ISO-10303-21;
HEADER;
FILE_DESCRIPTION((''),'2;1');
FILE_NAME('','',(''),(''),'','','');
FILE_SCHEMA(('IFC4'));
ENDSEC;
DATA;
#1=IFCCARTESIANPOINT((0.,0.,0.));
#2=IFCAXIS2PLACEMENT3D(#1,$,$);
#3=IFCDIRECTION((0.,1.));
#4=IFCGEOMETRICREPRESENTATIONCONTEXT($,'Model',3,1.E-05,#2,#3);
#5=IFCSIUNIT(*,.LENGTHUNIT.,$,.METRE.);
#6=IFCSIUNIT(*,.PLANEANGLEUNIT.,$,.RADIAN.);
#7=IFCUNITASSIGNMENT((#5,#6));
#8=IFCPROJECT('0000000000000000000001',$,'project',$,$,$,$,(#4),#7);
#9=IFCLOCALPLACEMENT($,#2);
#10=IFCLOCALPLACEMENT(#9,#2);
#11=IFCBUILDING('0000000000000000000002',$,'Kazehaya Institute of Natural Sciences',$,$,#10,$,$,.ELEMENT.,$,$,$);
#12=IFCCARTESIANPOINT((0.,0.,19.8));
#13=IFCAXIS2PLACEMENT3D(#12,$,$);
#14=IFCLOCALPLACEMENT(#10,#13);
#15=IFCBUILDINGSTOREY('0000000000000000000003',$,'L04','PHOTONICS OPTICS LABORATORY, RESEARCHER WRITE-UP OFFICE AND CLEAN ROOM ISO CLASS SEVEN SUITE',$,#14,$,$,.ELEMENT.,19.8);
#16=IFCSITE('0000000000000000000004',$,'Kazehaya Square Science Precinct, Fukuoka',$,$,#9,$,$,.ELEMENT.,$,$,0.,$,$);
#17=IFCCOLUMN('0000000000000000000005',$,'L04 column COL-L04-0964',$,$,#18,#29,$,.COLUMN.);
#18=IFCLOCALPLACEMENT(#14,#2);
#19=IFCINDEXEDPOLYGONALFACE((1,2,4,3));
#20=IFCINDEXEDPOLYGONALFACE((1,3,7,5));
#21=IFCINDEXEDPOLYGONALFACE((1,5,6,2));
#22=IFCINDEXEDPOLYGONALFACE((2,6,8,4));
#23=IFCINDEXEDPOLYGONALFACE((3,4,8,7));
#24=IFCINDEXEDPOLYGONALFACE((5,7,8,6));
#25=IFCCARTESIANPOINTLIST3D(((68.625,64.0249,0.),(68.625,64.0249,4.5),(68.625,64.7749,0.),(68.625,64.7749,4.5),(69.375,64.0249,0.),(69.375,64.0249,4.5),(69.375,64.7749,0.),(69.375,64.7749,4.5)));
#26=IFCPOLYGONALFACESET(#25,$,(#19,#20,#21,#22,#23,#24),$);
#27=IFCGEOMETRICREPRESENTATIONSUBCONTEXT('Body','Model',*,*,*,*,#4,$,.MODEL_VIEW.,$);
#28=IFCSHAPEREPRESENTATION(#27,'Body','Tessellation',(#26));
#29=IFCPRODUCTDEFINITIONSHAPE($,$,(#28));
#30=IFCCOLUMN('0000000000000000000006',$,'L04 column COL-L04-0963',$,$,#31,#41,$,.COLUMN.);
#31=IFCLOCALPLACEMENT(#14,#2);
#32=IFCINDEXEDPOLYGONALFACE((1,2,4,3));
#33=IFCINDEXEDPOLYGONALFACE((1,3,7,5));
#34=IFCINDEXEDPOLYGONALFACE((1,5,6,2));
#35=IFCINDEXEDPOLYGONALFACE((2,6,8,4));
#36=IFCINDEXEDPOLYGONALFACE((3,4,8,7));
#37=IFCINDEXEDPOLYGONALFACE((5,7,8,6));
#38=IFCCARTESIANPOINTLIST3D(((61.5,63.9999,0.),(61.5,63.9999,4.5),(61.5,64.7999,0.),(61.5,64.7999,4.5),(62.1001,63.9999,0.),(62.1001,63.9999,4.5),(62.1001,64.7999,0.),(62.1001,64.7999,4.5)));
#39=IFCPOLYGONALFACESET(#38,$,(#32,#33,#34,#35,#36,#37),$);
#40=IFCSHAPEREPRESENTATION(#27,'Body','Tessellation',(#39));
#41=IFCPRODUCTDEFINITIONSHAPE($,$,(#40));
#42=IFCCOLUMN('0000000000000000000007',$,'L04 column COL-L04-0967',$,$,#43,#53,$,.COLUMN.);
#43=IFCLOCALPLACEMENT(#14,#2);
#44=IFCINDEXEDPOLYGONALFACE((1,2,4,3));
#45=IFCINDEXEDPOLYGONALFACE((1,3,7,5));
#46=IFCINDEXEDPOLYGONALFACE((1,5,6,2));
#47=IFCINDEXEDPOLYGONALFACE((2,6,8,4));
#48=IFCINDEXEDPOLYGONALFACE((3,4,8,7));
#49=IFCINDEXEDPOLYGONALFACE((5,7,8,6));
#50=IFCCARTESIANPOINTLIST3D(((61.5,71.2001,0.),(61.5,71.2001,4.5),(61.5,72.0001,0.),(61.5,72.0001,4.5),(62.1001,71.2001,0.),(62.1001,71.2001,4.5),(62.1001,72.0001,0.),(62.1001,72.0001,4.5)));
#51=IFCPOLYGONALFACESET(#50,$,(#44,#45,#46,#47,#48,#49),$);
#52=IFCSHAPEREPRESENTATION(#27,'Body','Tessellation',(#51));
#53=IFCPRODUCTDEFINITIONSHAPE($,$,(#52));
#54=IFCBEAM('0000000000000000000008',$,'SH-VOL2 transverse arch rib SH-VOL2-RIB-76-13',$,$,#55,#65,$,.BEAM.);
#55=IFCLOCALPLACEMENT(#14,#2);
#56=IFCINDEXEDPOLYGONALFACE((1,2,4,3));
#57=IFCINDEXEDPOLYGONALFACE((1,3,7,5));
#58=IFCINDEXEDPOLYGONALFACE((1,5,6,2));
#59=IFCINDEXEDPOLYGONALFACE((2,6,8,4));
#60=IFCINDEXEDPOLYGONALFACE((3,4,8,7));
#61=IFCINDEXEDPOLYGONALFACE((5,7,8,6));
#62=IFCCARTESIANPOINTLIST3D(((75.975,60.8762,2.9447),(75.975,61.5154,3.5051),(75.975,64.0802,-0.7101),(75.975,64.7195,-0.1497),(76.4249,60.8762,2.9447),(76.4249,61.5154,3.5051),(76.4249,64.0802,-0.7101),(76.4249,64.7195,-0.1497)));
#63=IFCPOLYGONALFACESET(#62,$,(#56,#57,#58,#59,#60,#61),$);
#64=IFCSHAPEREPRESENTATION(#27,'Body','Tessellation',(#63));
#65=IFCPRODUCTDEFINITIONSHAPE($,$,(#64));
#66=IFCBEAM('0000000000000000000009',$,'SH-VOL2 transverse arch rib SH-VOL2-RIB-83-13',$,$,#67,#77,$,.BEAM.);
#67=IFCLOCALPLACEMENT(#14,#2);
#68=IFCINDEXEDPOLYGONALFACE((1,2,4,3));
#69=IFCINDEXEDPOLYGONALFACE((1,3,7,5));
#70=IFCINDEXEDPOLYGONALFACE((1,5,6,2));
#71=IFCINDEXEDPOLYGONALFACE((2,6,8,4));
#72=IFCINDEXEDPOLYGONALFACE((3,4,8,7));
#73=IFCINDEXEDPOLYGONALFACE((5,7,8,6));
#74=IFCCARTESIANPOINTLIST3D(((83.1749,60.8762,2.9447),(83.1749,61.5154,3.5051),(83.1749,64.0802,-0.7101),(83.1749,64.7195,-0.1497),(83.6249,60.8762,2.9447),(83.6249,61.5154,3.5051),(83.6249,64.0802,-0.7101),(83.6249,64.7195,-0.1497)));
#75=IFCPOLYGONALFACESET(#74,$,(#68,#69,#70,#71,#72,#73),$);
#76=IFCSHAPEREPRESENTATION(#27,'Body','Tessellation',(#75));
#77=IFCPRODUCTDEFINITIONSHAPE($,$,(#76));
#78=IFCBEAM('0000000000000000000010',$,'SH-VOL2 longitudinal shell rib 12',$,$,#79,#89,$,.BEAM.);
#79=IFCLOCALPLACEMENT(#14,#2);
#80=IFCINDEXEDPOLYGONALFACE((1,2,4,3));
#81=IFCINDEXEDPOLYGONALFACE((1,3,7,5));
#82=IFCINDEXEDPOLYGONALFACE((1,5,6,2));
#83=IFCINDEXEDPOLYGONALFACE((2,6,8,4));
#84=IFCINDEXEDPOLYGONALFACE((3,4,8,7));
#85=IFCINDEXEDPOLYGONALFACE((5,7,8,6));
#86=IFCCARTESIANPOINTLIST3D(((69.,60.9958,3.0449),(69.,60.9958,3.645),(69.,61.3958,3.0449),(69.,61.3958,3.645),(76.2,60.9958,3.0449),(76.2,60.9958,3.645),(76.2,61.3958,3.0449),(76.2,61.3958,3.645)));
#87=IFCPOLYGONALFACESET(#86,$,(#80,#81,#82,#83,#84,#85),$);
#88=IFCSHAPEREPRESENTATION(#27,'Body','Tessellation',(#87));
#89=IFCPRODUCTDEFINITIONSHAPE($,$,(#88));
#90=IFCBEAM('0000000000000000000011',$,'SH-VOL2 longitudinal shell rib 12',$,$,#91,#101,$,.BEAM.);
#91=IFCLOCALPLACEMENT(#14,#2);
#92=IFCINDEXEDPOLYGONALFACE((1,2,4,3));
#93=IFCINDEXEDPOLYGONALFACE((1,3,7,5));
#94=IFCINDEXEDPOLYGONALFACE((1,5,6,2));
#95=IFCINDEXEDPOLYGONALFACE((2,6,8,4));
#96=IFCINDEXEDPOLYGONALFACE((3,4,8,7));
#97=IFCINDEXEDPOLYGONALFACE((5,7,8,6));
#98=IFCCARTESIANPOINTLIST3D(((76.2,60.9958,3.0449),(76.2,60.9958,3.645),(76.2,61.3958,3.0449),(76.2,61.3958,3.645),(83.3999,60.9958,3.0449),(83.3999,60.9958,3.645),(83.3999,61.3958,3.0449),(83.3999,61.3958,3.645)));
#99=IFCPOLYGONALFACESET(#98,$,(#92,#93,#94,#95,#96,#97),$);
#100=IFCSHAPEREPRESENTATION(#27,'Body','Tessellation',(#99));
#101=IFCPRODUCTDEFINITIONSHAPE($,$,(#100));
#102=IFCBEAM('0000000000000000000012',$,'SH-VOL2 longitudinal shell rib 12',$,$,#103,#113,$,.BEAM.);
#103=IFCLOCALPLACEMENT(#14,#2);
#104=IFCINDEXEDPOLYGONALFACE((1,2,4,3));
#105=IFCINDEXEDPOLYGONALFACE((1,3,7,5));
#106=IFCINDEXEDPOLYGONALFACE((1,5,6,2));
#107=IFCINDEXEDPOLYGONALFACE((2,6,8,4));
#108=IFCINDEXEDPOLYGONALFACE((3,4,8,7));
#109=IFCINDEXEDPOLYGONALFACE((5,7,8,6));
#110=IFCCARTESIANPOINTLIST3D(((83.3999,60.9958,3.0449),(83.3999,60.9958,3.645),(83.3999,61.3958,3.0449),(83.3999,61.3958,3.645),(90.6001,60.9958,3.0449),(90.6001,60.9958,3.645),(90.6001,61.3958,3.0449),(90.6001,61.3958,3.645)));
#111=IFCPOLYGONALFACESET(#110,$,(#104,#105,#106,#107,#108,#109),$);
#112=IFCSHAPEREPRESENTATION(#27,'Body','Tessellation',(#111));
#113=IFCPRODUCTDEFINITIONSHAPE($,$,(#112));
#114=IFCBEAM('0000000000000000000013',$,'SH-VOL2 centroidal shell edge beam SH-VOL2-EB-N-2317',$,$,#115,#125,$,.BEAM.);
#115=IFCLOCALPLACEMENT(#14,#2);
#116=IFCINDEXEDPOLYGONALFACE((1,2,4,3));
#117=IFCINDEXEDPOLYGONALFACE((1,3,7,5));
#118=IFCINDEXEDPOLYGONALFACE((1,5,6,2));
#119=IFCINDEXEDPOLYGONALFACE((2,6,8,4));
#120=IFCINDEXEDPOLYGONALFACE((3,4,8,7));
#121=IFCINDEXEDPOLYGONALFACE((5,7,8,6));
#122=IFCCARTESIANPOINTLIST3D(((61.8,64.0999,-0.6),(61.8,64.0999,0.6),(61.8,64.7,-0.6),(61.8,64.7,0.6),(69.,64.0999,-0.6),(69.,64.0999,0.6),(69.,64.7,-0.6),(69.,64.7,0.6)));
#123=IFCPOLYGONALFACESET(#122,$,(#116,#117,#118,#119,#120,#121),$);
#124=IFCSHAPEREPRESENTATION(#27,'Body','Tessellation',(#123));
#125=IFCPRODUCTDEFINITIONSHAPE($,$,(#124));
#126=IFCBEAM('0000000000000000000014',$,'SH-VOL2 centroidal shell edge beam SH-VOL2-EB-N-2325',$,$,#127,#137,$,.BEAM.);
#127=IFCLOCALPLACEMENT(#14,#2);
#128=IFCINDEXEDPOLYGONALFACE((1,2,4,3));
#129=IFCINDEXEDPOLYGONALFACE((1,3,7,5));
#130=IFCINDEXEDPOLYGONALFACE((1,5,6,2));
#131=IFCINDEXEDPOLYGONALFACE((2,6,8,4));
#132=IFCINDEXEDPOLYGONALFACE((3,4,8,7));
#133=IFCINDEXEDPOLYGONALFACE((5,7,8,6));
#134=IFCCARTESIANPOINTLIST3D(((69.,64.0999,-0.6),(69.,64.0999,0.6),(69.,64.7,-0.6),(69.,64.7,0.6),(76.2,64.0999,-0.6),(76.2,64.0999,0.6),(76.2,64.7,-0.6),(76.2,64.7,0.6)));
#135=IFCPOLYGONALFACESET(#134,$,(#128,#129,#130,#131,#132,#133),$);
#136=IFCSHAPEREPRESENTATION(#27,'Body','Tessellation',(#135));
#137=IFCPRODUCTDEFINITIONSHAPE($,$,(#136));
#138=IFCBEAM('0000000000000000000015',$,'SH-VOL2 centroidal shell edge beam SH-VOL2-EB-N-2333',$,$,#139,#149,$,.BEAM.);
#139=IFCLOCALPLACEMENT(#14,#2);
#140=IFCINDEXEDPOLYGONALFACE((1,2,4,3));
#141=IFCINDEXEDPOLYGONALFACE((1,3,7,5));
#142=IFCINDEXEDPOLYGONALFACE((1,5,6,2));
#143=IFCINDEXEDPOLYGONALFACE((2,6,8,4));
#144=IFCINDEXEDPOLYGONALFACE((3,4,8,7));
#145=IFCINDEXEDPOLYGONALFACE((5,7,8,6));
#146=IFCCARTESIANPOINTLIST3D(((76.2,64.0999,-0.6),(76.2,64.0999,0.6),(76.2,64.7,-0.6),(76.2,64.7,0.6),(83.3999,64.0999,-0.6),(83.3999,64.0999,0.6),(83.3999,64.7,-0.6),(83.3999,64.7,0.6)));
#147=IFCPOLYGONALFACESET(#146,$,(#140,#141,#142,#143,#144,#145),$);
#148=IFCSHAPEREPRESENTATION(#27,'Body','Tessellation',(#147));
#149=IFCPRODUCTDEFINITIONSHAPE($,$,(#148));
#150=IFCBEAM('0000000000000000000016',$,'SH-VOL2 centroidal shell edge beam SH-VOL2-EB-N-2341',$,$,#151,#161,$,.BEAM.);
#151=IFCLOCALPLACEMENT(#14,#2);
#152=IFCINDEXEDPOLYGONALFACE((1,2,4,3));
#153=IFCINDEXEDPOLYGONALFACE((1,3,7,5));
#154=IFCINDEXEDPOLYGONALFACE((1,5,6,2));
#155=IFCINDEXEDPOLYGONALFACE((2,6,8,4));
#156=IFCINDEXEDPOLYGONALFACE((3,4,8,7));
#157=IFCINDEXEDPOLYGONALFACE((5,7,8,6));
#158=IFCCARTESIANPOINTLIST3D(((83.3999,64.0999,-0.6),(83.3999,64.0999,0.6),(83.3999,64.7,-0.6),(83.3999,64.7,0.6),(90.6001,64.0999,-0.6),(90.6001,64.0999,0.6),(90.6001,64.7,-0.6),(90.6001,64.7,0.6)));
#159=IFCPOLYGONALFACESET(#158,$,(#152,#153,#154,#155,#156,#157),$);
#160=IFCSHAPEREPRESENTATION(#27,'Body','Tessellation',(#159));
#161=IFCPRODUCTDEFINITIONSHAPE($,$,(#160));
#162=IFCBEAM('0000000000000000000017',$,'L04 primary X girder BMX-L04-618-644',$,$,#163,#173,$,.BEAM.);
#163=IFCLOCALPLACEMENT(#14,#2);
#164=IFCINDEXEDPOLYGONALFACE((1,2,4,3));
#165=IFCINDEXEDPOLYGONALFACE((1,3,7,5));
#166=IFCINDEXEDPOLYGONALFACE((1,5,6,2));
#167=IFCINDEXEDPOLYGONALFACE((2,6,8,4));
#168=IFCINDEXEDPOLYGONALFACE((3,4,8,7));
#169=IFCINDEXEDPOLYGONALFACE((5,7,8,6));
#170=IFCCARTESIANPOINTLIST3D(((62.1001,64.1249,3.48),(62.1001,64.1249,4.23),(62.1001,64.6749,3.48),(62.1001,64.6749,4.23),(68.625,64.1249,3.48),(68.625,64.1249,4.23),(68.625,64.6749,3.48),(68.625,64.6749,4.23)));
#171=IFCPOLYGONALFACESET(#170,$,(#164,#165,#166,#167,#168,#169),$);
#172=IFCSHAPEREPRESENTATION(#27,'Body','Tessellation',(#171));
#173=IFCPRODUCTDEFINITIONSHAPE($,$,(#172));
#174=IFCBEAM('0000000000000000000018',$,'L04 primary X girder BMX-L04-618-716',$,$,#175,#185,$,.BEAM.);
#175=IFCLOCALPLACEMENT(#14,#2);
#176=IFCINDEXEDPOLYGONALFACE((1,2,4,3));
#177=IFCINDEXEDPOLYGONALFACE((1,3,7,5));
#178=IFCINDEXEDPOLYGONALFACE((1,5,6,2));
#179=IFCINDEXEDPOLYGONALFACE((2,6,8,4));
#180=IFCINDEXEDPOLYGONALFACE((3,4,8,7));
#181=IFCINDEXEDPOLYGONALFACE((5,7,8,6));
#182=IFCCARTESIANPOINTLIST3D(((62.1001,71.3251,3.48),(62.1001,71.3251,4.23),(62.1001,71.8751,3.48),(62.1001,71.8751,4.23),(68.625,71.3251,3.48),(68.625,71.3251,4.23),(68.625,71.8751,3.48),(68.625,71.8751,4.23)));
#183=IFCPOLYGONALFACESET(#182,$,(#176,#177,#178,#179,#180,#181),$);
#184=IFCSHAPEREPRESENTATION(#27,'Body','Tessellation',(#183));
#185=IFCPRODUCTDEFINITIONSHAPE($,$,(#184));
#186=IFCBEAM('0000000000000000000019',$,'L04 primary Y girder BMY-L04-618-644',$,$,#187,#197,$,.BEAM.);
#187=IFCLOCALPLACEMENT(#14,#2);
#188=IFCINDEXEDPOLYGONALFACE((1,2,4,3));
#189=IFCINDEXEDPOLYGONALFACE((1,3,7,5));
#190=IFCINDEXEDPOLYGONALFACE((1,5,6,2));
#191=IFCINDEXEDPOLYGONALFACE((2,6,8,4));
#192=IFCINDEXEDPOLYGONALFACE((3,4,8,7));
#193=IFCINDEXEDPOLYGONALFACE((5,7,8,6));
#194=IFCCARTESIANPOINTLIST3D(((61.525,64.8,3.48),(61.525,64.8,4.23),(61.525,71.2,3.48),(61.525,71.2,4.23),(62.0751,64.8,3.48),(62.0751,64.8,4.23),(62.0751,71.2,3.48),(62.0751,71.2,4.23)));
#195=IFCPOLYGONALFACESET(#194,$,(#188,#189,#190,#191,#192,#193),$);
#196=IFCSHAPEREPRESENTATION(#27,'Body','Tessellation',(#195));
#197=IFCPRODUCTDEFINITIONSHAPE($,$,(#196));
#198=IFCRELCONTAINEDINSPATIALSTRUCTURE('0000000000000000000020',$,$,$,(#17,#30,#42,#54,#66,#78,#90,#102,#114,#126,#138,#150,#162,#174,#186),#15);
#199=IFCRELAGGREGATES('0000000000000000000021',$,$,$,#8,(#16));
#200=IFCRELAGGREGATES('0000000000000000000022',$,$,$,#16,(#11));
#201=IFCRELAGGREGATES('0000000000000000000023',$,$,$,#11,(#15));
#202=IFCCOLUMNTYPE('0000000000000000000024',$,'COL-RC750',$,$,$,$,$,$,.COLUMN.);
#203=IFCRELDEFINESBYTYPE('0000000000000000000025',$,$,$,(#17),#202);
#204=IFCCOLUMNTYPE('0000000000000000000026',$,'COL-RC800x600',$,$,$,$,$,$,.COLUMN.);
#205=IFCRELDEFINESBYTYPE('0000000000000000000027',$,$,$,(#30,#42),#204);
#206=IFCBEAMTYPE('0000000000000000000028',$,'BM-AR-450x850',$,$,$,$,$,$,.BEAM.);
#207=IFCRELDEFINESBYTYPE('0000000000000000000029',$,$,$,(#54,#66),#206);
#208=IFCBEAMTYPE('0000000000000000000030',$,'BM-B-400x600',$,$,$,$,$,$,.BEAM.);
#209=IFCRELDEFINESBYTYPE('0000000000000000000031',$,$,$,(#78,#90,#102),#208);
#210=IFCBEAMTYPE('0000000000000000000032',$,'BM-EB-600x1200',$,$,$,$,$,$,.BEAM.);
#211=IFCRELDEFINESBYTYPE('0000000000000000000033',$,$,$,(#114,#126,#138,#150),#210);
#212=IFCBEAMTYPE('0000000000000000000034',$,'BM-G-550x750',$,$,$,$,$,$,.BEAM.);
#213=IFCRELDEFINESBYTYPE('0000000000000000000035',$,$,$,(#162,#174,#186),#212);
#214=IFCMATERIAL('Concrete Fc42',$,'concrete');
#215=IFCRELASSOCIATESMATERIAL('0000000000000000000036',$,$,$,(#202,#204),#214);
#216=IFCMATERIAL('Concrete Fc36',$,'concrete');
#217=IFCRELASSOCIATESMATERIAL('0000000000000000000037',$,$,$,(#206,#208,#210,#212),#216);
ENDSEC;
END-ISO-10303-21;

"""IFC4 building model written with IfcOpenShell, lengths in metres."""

from ifc_helpers import new_model, si_unit, direction, frame, origin, origin_2d, place, context, subcontext, project, spatial, rectangle, extrude, material, material_profile, profile_set, type_object, element, save


model = new_model("IFC4")

# Units and contexts
model_context = context("Model", 3, precision=1e-05, world=origin(), true_north=direction((0.0, 1.0)))
body_context = subcontext(model_context, "Body", "Model", "MODEL_VIEW")
ifc_project = project(units=[si_unit("LENGTHUNIT", "METRE"), si_unit("PLANEANGLEUNIT", "RADIAN")], contexts=[model_context])

# Site, building, storey
site_placement = place(None, origin())
site = spatial("IfcSite", under=ifc_project, at=site_placement, Name="Kazehaya Square Science Precinct, Fukuoka", CompositionType="ELEMENT", RefElevation=0.0)
building_placement = place(site_placement, origin())
building = spatial("IfcBuilding", under=site, at=building_placement, Name="Kazehaya Institute of Natural Sciences", CompositionType="ELEMENT")
storey_placement = place(building_placement, frame((0.0, 0.0, 19.8)))
storey = spatial("IfcBuildingStorey", under=building, at=storey_placement, Name="L04", Description="PHOTONICS OPTICS LABORATORY, RESEARCHER WRITE-UP OFFICE AND CLEAN ROOM ISO CLASS SEVEN SUITE", CompositionType="ELEMENT", Elevation=19.8)

# Columns
ifc_material_1 = material(Name="Concrete Fc42", Category="concrete")
ifc_material_profile_1 = material_profile(ifc_material_1, rectangle(XDim=0.75, YDim=0.75, at=origin_2d()), Name="RC-750x750")
ifc_profile_set_1 = profile_set([ifc_material_profile_1], Name="Concrete Fc42")
column_type_1 = type_object("IfcColumnType", Name="COL-RC750", PredefinedType="COLUMN", material=ifc_profile_set_1)
column_placement = place(storey_placement, frame((69.0, 64.3999, 0.0), z_axis=(0.0, 0.0, 1.0), x_axis=(1.0, 0.0, 0.0)))
element("IfcColumn", 1, at=column_placement, inside=storey, type_object=column_type_1, Name="L04 column COL-L04-0964", PredefinedType="COLUMN", context=body_context, shape_type="SweptSolid", body=[
    extrude(rectangle(XDim=0.75, YDim=0.75, at=origin_2d()), origin(), (0.0, 0.0, 1.0), 4.5),
])
ifc_material_profile_2 = material_profile(ifc_material_1, rectangle(XDim=0.6001, YDim=0.8, at=origin_2d()), Name="RC-800x600")
ifc_profile_set_2 = profile_set([ifc_material_profile_2], Name="Concrete Fc42")
column_type_2 = type_object("IfcColumnType", Name="COL-RC800x600", PredefinedType="COLUMN", material=ifc_profile_set_2)
for number, where, z_axis, x_axis, name in (
    (2, (61.8, 64.3999, 0.0), (0.0, 0.0, 1.0), (1.0, 0.0, 0.0), "L04 column COL-L04-0963"),
    (3, (61.8, 71.6001, 0.0), (0.0, 0.0, 1.0), (1.0, 0.0, 0.0), "L04 column COL-L04-0967"),
):
    element("IfcColumn", number, at=place(storey_placement, frame(where, z_axis=z_axis, x_axis=x_axis)), inside=storey, type_object=column_type_2, Name=name, PredefinedType="COLUMN", context=body_context, shape_type="SweptSolid", body=[
        extrude(rectangle(XDim=0.6001, YDim=0.8, at=origin_2d()), origin(), (0.0, 0.0, 1.0), 4.5),
    ])

# Beams
ifc_material_2 = material(Name="Concrete Fc36", Category="concrete")
ifc_material_profile_3 = material_profile(ifc_material_2, rectangle(XDim=0.45, YDim=0.8501, at=origin_2d()), Name="RC-450x850")
ifc_profile_set_3 = profile_set([ifc_material_profile_3], Name="Concrete Fc36")
beam_type_1 = type_object("IfcBeamType", Name="BM-AR-450x850", PredefinedType="BEAM", material=ifc_profile_set_3)
for number, where, z_axis, x_axis, name in (
    (4, (76.2, 61.1958, 3.2249), (0.0, 0.659223, -0.751948), (-1.0, 0.0, 0.0), "SH-VOL2 transverse arch rib SH-VOL2-RIB-76-13"),
    (5, (83.3999, 61.1958, 3.2249), (0.0, 0.659223, -0.751948), (-1.0, 0.0, 0.0), "SH-VOL2 transverse arch rib SH-VOL2-RIB-83-13"),
):
    element("IfcBeam", number, at=place(storey_placement, frame(where, z_axis=z_axis, x_axis=x_axis)), inside=storey, type_object=beam_type_1, Name=name, PredefinedType="BEAM", context=body_context, shape_type="SweptSolid", body=[
        extrude(rectangle(XDim=0.45, YDim=0.8501, at=origin_2d()), origin(), (0.0, 0.0, 1.0), 4.8604),
    ])
ifc_material_profile_4 = material_profile(ifc_material_2, rectangle(XDim=0.3999, YDim=0.6001, at=origin_2d()), Name="RC-400x600")
ifc_profile_set_4 = profile_set([ifc_material_profile_4], Name="Concrete Fc36")
beam_type_2 = type_object("IfcBeamType", Name="BM-B-400x600", PredefinedType="BEAM", material=ifc_profile_set_4)
for number, where, z_axis, x_axis, name in (
    (6, (69.0, 61.1958, 3.345), (1.0, 0.0, 0.0), (0.0, 1.0, 0.0), "SH-VOL2 longitudinal shell rib 12"),
    (7, (76.2, 61.1958, 3.345), (1.0, 0.0, 0.0), (0.0, 1.0, 0.0), "SH-VOL2 longitudinal shell rib 12"),
):
    element("IfcBeam", number, at=place(storey_placement, frame(where, z_axis=z_axis, x_axis=x_axis)), inside=storey, type_object=beam_type_2, Name=name, PredefinedType="BEAM", context=body_context, shape_type="SweptSolid", body=[
        extrude(rectangle(XDim=0.3999, YDim=0.6001, at=origin_2d()), origin(), (0.0, 0.0, 1.0), 7.2),
    ])
beam_1_placement = place(storey_placement, frame((83.3999, 61.1958, 3.345), z_axis=(1.0, 0.0, 0.0), x_axis=(0.0, 1.0, 0.0)))
element("IfcBeam", 8, at=beam_1_placement, inside=storey, type_object=beam_type_2, Name="SH-VOL2 longitudinal shell rib 12", PredefinedType="BEAM", context=body_context, shape_type="SweptSolid", body=[
    extrude(rectangle(XDim=0.3999, YDim=0.6001, at=origin_2d()), origin(), (0.0, 0.0, 1.0), 7.2002),
])
ifc_material_profile_5 = material_profile(ifc_material_2, rectangle(XDim=0.6001, YDim=1.2, at=origin_2d()), Name="RC-600x1200")
ifc_profile_set_5 = profile_set([ifc_material_profile_5], Name="Concrete Fc36")
beam_type_3 = type_object("IfcBeamType", Name="BM-EB-600x1200", PredefinedType="BEAM", material=ifc_profile_set_5)
for number, where, z_axis, x_axis, name in (
    (9, (61.8, 64.3999, 0.0), (1.0, 0.0, 0.0), (0.0, 1.0, 0.0), "SH-VOL2 centroidal shell edge beam SH-VOL2-EB-N-2317"),
    (10, (69.0, 64.3999, 0.0), (1.0, 0.0, 0.0), (0.0, 1.0, 0.0), "SH-VOL2 centroidal shell edge beam SH-VOL2-EB-N-2325"),
    (11, (76.2, 64.3999, 0.0), (1.0, 0.0, 0.0), (0.0, 1.0, 0.0), "SH-VOL2 centroidal shell edge beam SH-VOL2-EB-N-2333"),
):
    element("IfcBeam", number, at=place(storey_placement, frame(where, z_axis=z_axis, x_axis=x_axis)), inside=storey, type_object=beam_type_3, Name=name, PredefinedType="BEAM", context=body_context, shape_type="SweptSolid", body=[
        extrude(rectangle(XDim=0.6001, YDim=1.2, at=origin_2d()), origin(), (0.0, 0.0, 1.0), 7.2),
    ])
beam_2_placement = place(storey_placement, frame((83.3999, 64.3999, 0.0), z_axis=(1.0, 0.0, 0.0), x_axis=(0.0, 1.0, 0.0)))
element("IfcBeam", 12, at=beam_2_placement, inside=storey, type_object=beam_type_3, Name="SH-VOL2 centroidal shell edge beam SH-VOL2-EB-N-2341", PredefinedType="BEAM", context=body_context, shape_type="SweptSolid", body=[
    extrude(rectangle(XDim=0.6001, YDim=1.2, at=origin_2d()), origin(), (0.0, 0.0, 1.0), 7.2002),
])
ifc_material_profile_6 = material_profile(ifc_material_2, rectangle(XDim=0.55, YDim=0.75, at=origin_2d()), Name="RC-550x750")
ifc_profile_set_6 = profile_set([ifc_material_profile_6], Name="Concrete Fc36")
beam_type_4 = type_object("IfcBeamType", Name="BM-G-550x750", PredefinedType="BEAM", material=ifc_profile_set_6)
for number, where, z_axis, x_axis, name in (
    (13, (62.1001, 64.3999, 3.855), (1.0, 0.0, 0.0), (0.0, 1.0, 0.0), "L04 primary X girder BMX-L04-618-644"),
    (14, (62.1001, 71.6001, 3.855), (1.0, 0.0, 0.0), (0.0, 1.0, 0.0), "L04 primary X girder BMX-L04-618-716"),
):
    element("IfcBeam", number, at=place(storey_placement, frame(where, z_axis=z_axis, x_axis=x_axis)), inside=storey, type_object=beam_type_4, Name=name, PredefinedType="BEAM", context=body_context, shape_type="SweptSolid", body=[
        extrude(rectangle(XDim=0.55, YDim=0.75, at=origin_2d()), origin(), (0.0, 0.0, 1.0), 6.5249),
    ])
beam_3_placement = place(storey_placement, frame((61.8, 64.8, 3.855), z_axis=(0.0, 1.0, 0.0), x_axis=(-1.0, 0.0, 0.0)))
element("IfcBeam", 15, at=beam_3_placement, inside=storey, type_object=beam_type_4, Name="L04 primary Y girder BMY-L04-618-644", PredefinedType="BEAM", context=body_context, shape_type="SweptSolid", body=[
    extrude(rectangle(XDim=0.55, YDim=0.75, at=origin_2d()), origin(), (0.0, 0.0, 1.0), 6.3999),
])

save(model, "model.ifc")
